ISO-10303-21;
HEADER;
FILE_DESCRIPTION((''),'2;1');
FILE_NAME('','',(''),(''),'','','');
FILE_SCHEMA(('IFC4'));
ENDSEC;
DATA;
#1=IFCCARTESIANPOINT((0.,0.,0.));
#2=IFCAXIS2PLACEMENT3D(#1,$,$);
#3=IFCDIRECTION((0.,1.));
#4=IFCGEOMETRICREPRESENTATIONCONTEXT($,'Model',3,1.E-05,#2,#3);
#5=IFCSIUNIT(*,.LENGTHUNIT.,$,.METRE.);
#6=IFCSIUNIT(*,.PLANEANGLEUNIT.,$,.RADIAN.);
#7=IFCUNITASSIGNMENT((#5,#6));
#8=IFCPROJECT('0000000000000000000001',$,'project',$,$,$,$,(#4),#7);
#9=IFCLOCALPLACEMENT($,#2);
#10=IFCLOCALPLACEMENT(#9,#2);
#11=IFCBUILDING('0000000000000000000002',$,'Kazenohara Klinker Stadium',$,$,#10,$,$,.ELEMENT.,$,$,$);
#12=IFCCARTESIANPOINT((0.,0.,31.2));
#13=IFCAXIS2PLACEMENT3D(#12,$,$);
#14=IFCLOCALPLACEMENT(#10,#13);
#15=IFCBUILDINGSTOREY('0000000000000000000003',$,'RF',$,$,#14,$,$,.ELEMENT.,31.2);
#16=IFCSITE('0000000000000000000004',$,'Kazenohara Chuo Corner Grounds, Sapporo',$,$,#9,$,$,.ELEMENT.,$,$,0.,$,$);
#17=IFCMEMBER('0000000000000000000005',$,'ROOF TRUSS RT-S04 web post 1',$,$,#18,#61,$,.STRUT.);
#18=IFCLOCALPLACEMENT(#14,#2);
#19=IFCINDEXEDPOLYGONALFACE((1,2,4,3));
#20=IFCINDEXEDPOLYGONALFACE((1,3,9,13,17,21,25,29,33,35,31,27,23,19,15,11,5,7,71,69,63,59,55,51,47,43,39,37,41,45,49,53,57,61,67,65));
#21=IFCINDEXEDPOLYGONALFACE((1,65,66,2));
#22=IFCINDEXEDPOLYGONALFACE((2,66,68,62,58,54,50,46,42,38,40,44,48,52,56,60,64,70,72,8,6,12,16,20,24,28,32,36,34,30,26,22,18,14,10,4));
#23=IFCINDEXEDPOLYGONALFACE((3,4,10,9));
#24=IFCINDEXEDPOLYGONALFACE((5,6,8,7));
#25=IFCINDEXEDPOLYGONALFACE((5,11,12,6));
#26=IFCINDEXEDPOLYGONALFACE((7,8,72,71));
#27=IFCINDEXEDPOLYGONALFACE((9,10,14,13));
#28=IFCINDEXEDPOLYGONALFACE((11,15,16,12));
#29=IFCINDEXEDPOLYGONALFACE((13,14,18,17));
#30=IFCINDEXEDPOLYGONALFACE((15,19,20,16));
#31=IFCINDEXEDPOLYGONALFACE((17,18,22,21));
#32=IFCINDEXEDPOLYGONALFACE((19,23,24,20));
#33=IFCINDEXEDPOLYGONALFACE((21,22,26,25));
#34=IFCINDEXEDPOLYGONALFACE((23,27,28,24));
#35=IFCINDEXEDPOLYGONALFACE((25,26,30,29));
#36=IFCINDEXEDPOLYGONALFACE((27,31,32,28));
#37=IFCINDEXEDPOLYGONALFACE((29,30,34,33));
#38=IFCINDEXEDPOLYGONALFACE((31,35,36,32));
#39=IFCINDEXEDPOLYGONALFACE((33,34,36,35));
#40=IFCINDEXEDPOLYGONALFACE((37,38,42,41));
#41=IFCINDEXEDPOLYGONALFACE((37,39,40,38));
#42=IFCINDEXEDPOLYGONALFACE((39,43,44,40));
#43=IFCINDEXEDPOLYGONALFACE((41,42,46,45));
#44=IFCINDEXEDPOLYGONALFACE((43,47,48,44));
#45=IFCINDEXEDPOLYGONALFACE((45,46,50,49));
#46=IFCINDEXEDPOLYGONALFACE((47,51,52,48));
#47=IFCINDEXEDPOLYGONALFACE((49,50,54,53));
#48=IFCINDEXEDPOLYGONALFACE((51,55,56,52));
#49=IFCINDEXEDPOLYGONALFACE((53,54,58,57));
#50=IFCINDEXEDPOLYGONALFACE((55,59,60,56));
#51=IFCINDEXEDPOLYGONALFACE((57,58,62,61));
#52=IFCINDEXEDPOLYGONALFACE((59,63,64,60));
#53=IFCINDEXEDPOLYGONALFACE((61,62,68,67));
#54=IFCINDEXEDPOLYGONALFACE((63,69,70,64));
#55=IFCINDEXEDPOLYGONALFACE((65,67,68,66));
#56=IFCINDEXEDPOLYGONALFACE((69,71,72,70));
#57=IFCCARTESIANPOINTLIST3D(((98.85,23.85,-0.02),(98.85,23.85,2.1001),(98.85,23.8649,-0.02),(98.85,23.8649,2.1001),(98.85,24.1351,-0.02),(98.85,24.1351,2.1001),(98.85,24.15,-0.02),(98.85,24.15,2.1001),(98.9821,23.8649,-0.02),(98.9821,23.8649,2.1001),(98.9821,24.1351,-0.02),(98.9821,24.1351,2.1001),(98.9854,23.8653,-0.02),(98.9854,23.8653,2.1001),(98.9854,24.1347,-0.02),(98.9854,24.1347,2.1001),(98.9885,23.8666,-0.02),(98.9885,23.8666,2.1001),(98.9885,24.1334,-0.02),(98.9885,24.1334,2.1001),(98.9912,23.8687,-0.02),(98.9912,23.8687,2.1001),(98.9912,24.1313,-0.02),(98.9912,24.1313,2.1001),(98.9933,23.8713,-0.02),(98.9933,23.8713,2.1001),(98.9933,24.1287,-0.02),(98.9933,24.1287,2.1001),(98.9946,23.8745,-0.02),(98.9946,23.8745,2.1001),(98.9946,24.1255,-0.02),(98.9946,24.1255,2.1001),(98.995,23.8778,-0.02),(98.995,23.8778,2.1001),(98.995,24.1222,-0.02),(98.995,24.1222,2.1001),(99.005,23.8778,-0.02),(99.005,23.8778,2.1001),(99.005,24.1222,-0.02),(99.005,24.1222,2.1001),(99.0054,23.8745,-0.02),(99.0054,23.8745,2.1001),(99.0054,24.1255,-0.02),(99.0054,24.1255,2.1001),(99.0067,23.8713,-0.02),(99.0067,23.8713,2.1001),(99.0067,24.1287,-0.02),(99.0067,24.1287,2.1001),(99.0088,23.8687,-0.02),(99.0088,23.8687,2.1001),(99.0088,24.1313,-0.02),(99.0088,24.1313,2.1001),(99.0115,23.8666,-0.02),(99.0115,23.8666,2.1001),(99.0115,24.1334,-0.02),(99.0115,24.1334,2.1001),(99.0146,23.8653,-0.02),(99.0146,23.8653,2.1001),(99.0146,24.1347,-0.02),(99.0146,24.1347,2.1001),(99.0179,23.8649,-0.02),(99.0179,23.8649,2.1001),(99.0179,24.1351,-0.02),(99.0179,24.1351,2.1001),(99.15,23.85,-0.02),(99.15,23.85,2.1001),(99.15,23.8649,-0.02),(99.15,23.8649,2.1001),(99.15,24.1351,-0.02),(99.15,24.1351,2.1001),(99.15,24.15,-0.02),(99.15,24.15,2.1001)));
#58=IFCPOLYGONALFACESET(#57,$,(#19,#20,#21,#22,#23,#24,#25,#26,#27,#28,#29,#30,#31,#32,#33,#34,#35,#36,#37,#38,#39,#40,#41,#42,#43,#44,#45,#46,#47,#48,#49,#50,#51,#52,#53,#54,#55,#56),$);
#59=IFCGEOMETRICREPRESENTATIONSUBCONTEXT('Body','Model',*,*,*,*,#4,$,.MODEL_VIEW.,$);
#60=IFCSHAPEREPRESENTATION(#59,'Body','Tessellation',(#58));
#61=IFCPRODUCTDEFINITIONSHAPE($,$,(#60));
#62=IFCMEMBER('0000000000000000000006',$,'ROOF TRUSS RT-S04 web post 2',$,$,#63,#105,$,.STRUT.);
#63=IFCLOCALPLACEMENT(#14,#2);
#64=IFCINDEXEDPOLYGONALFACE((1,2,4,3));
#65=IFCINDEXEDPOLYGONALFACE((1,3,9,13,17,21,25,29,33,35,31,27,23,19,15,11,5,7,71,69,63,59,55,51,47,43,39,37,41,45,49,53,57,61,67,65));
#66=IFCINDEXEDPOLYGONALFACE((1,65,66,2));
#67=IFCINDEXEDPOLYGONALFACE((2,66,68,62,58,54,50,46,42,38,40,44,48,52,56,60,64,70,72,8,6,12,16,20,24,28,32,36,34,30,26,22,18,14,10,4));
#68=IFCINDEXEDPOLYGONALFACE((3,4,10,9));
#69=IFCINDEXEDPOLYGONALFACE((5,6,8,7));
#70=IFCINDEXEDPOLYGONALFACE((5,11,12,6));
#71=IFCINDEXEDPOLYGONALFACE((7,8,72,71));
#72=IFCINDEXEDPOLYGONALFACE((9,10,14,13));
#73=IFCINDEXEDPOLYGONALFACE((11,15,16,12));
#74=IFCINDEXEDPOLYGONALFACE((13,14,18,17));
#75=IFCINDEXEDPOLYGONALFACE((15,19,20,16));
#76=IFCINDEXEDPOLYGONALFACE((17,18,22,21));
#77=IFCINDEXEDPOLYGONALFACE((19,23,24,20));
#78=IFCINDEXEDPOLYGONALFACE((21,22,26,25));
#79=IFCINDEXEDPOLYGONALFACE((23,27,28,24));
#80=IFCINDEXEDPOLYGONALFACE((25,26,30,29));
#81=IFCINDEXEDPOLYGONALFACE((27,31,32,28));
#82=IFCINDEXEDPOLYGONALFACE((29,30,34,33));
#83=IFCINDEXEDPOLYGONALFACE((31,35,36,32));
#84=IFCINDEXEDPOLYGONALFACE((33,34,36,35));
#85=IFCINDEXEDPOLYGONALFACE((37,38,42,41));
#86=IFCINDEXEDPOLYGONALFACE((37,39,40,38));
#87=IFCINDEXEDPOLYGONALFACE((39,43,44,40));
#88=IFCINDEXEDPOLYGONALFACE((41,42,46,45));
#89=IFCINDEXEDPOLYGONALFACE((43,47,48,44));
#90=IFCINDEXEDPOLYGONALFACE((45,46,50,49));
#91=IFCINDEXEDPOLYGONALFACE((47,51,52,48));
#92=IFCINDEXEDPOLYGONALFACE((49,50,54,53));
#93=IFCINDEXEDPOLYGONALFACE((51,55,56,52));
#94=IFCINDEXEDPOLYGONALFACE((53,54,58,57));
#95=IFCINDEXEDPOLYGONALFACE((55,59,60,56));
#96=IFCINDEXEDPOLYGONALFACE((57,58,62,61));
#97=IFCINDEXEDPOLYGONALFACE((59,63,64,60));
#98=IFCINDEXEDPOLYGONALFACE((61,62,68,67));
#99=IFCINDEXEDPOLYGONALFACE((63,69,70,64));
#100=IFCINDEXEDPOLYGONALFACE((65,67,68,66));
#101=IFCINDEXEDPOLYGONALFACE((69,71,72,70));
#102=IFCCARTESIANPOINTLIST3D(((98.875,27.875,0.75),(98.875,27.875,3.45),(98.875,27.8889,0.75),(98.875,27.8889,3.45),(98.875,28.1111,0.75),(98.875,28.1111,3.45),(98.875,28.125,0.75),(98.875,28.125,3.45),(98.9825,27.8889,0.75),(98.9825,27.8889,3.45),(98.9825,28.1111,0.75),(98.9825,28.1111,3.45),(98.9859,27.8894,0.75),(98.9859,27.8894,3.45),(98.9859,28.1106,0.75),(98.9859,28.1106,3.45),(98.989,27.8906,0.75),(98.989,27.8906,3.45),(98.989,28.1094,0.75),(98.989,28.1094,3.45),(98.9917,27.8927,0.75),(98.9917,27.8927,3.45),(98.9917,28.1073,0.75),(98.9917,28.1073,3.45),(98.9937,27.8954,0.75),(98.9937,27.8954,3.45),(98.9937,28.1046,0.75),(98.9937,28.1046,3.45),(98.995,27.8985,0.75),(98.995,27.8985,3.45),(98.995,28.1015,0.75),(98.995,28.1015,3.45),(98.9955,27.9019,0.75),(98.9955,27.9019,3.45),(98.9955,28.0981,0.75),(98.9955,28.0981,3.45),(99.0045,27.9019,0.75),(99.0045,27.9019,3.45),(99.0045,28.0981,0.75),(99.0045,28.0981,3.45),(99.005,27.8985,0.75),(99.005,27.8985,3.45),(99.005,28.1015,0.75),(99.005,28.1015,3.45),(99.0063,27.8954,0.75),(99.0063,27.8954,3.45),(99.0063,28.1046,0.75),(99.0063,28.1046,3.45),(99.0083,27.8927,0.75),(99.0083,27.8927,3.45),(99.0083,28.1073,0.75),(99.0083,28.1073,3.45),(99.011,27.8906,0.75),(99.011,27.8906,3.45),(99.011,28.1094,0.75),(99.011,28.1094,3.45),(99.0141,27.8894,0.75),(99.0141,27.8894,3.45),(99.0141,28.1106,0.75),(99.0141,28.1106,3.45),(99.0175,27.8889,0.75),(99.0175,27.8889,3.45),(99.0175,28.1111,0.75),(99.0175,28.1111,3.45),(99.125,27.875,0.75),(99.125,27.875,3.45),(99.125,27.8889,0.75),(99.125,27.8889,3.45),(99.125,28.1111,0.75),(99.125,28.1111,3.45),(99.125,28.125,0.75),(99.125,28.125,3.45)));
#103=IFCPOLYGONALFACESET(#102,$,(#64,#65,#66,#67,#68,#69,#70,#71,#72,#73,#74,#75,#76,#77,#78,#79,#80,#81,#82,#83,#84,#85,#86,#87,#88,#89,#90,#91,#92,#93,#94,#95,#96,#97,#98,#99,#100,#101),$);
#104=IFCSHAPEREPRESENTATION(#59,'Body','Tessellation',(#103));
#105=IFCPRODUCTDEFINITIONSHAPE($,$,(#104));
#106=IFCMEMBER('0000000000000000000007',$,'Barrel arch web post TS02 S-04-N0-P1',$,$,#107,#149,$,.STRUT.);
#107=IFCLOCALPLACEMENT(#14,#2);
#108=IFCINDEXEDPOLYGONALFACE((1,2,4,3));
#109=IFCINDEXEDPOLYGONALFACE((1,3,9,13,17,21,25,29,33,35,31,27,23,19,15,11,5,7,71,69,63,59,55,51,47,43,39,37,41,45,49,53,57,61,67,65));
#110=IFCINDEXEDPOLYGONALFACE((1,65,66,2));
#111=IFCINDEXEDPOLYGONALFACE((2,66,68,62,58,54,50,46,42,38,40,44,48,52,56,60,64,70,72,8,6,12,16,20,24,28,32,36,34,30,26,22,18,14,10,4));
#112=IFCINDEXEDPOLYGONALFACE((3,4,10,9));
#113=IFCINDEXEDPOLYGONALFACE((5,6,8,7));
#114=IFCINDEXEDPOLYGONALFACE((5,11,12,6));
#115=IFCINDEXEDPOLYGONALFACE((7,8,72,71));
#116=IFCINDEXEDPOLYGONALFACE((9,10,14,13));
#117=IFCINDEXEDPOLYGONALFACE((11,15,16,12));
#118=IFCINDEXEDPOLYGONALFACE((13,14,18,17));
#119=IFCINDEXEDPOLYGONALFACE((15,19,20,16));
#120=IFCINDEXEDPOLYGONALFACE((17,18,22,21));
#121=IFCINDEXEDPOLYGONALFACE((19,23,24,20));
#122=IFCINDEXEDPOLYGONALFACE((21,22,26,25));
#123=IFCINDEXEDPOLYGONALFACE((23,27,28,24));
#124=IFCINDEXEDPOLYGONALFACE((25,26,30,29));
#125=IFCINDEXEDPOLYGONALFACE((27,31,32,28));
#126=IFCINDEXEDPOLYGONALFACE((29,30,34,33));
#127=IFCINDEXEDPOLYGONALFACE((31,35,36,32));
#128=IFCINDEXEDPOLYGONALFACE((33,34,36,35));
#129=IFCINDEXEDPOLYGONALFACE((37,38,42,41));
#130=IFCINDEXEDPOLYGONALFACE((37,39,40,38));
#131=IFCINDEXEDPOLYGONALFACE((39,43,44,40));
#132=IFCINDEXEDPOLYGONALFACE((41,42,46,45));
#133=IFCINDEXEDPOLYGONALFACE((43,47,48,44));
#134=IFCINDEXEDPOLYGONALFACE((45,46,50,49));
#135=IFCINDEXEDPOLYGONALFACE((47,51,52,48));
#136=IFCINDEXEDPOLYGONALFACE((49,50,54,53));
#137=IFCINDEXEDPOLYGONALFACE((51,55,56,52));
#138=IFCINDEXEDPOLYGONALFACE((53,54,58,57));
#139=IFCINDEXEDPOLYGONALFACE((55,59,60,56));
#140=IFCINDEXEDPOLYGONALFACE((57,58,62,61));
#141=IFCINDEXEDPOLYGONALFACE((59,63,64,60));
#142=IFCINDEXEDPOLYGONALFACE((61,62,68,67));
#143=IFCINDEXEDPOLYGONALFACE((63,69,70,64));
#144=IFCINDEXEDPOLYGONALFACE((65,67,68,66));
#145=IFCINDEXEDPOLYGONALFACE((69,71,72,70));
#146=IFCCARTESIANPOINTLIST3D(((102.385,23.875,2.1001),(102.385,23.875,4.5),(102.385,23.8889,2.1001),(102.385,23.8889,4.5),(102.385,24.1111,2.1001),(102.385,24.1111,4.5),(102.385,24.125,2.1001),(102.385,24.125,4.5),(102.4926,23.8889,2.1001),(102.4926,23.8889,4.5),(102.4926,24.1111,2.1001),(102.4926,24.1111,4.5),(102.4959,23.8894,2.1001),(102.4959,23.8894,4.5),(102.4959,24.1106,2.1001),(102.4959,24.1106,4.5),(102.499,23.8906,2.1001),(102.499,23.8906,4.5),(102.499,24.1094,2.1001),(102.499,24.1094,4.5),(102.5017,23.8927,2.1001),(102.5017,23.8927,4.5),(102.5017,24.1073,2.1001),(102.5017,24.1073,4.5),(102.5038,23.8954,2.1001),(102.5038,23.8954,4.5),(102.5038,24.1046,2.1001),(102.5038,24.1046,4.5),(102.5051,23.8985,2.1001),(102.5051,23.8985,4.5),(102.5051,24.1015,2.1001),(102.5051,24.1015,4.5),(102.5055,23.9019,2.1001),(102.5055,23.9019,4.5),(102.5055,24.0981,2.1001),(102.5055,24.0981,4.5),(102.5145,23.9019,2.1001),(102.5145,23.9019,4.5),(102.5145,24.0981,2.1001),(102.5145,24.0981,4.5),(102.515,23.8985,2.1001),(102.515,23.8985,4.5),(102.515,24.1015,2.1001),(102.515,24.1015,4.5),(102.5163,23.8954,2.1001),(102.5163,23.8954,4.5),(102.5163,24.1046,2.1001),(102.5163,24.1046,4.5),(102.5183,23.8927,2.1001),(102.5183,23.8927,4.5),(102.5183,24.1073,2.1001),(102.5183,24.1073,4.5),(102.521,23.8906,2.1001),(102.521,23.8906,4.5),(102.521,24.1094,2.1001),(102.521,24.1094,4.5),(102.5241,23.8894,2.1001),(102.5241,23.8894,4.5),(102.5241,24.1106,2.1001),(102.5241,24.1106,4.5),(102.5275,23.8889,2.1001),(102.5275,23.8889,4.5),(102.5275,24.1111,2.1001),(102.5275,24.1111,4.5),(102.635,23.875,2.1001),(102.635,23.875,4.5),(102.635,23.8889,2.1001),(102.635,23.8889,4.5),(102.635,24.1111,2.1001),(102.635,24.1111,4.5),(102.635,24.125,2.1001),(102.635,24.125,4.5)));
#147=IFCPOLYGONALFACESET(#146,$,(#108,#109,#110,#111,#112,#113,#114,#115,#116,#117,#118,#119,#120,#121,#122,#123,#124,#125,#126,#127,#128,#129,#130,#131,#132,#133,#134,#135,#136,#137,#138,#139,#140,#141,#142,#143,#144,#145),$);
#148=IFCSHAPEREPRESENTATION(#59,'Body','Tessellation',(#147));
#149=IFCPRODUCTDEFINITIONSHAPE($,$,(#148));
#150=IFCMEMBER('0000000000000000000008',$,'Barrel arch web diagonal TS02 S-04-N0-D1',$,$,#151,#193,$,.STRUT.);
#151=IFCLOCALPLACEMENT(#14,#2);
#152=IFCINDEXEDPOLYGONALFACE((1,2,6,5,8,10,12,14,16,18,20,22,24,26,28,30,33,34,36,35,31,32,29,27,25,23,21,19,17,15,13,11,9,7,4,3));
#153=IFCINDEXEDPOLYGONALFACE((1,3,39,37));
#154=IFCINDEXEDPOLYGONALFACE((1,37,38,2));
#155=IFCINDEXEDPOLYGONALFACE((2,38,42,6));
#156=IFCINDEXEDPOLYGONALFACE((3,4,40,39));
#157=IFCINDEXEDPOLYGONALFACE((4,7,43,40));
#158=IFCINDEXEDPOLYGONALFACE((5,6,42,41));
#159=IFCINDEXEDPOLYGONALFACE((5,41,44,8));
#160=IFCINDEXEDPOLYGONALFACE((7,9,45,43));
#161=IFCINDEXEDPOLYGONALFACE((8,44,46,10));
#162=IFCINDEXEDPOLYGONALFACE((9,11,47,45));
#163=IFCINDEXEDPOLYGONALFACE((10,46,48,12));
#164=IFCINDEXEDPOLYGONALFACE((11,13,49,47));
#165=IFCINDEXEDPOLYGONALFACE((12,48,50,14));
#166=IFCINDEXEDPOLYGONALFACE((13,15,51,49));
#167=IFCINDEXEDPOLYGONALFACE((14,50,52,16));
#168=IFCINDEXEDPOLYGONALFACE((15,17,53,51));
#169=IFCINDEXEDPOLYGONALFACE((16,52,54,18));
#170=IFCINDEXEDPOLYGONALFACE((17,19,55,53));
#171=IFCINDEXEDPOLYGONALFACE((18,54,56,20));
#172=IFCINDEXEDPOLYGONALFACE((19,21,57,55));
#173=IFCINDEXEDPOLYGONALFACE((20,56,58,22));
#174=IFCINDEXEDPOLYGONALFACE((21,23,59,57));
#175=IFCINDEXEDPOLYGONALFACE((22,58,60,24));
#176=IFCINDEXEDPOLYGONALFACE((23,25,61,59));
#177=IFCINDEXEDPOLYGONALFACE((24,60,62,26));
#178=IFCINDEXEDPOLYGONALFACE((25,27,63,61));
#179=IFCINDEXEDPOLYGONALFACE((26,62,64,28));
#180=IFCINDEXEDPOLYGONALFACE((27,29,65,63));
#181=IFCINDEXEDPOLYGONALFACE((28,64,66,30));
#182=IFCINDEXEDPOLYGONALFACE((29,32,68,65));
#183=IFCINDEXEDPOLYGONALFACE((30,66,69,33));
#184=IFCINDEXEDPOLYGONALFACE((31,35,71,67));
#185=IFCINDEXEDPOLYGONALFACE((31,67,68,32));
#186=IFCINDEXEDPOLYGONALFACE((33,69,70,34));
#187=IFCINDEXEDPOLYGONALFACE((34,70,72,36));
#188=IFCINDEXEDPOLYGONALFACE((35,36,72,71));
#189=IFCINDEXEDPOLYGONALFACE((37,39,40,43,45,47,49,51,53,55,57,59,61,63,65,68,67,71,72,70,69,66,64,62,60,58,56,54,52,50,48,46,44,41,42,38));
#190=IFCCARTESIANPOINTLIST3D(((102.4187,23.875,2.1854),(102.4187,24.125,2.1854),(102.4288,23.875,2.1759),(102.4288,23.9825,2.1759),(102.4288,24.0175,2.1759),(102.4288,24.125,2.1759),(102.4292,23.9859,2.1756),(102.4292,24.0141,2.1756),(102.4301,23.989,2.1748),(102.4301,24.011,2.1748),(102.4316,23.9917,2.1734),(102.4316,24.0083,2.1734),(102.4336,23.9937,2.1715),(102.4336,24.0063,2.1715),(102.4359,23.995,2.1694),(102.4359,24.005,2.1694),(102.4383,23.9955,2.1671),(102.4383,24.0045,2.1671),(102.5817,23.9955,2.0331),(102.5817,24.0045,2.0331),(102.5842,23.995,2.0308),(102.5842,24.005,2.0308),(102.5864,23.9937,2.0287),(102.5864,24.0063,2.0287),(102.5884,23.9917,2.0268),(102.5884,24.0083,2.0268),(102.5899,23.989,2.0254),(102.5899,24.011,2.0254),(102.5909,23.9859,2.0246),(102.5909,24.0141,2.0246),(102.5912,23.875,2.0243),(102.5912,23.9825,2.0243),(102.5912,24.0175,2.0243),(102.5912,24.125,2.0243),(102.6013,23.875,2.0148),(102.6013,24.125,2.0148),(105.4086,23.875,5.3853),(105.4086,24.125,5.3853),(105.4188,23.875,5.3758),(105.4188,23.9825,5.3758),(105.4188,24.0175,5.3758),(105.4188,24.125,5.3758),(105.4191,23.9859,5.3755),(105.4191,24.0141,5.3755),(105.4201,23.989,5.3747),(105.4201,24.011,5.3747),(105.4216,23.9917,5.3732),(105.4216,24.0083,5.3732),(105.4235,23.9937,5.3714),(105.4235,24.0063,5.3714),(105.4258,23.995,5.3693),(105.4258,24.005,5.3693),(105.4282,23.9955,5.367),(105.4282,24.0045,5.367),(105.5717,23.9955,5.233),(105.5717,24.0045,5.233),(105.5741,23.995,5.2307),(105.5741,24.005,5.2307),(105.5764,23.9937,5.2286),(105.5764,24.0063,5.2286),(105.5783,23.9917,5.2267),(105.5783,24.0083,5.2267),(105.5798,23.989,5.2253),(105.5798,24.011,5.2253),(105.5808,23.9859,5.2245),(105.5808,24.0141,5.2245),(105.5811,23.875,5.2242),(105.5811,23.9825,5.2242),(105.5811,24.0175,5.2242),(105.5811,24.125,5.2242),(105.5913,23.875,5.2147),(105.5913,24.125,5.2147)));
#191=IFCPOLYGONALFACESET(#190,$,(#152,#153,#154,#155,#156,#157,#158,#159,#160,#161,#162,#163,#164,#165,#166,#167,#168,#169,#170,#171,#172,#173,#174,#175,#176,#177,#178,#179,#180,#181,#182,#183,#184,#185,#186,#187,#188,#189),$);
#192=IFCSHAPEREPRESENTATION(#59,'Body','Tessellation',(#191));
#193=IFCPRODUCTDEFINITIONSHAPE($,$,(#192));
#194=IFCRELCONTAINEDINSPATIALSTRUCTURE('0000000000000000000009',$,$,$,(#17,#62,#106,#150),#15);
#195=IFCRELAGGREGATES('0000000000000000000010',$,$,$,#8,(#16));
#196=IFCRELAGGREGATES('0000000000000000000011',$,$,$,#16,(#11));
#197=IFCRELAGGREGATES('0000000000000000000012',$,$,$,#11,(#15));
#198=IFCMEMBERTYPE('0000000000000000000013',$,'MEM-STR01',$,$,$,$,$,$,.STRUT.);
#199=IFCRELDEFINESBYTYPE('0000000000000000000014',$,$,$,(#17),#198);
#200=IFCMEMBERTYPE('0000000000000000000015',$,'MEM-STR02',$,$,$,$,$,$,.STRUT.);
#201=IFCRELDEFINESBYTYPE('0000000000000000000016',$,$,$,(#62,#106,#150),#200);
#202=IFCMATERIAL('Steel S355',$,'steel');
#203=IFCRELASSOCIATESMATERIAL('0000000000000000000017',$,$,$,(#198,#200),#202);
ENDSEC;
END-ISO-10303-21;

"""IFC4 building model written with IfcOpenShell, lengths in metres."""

from ifc_helpers import new_model, si_unit, direction, frame, origin, origin_2d, place, context, subcontext, project, spatial, i_section, extrude, material, material_profile, profile_set, type_object, element, save


model = new_model("IFC4")

# Units and contexts
model_context = context("Model", 3, precision=1e-05, world=origin(), true_north=direction((0.0, 1.0)))
body_context = subcontext(model_context, "Body", "Model", "MODEL_VIEW")
ifc_project = project(units=[si_unit("LENGTHUNIT", "METRE"), si_unit("PLANEANGLEUNIT", "RADIAN")], contexts=[model_context])

# Site, building, storey
site_placement = place(None, origin())
site = spatial("IfcSite", under=ifc_project, at=site_placement, Name="Kazenohara Chuo Corner Grounds, Sapporo", CompositionType="ELEMENT", RefElevation=0.0)
building_placement = place(site_placement, origin())
building = spatial("IfcBuilding", under=site, at=building_placement, Name="Kazenohara Klinker Stadium", CompositionType="ELEMENT")
storey_placement = place(building_placement, frame((0.0, 0.0, 31.2)))
storey = spatial("IfcBuildingStorey", under=building, at=storey_placement, Name="RF", CompositionType="ELEMENT", Elevation=31.2)

# Members
ifc_material_1 = material(Name="Steel S355", Category="steel")
ifc_material_profile_1 = material_profile(ifc_material_1, i_section(OverallWidth=0.3, OverallDepth=0.3, WebThickness=0.01, FlangeThickness=0.0149, FilletRadius=0.0129, at=origin_2d()), Name="H-300x300x10x15")
ifc_profile_set_1 = profile_set([ifc_material_profile_1], Name="Steel S355")
member_type_1 = type_object("IfcMemberType", Name="MEM-STR01", PredefinedType="STRUT", material=ifc_profile_set_1)
member_1_placement = place(storey_placement, frame((99.0, 24.0, -0.02), z_axis=(0.0, 0.0, 1.0), x_axis=(1.0, 0.0, 0.0)))
element("IfcMember", 1, at=member_1_placement, inside=storey, type_object=member_type_1, Name="ROOF TRUSS RT-S04 web post 1", PredefinedType="STRUT", context=body_context, shape_type="SweptSolid", body=[
    extrude(i_section(OverallWidth=0.3, OverallDepth=0.3, WebThickness=0.01, FlangeThickness=0.0149, FilletRadius=0.0129, at=origin_2d()), origin(), (0.0, 0.0, 1.0), 2.1201),
])
ifc_material_profile_2 = material_profile(ifc_material_1, i_section(OverallWidth=0.25, OverallDepth=0.25, WebThickness=0.009, FlangeThickness=0.0139, FilletRadius=0.0129, at=origin_2d()), Name="H-250x250x9x14")
ifc_profile_set_2 = profile_set([ifc_material_profile_2], Name="Steel S355")
member_type_2 = type_object("IfcMemberType", Name="MEM-STR02", PredefinedType="STRUT", material=ifc_profile_set_2)
member_2_placement = place(storey_placement, frame((99.0, 28.0, 0.75), z_axis=(0.0, 0.0, 1.0), x_axis=(1.0, 0.0, 0.0)))
element("IfcMember", 2, at=member_2_placement, inside=storey, type_object=member_type_2, Name="ROOF TRUSS RT-S04 web post 2", PredefinedType="STRUT", context=body_context, shape_type="SweptSolid", body=[
    extrude(i_section(OverallWidth=0.25, OverallDepth=0.25, WebThickness=0.009, FlangeThickness=0.0139, FilletRadius=0.0129, at=origin_2d()), origin(), (0.0, 0.0, 1.0), 2.7),
])
member_3_placement = place(storey_placement, frame((102.51, 24.0, 2.1001), z_axis=(0.0, 0.0, 1.0), x_axis=(1.0, 0.0, 0.0)))
element("IfcMember", 3, at=member_3_placement, inside=storey, type_object=member_type_2, Name="Barrel arch web post TS02 S-04-N0-P1", PredefinedType="STRUT", context=body_context, shape_type="SweptSolid", body=[
    extrude(i_section(OverallWidth=0.25, OverallDepth=0.25, WebThickness=0.009, FlangeThickness=0.0139, FilletRadius=0.0129, at=origin_2d()), origin(), (0.0, 0.0, 1.0), 2.3999),
])
member_4_placement = place(storey_placement, frame((102.51, 24.0, 2.1001), z_axis=(0.682729, 0.0, 0.730671), x_axis=(0.0, 1.0, 0.0)))
element("IfcMember", 4, at=member_4_placement, inside=storey, type_object=member_type_2, Name="Barrel arch web diagonal TS02 S-04-N0-D1", PredefinedType="STRUT", context=body_context, shape_type="SweptSolid", body=[
    extrude(i_section(OverallWidth=0.25, OverallDepth=0.25, WebThickness=0.009, FlangeThickness=0.0139, FilletRadius=0.0129, at=origin_2d()), origin(), (0.0, 0.0, 1.0), 4.3794),
])

save(model, "model.ifc")
